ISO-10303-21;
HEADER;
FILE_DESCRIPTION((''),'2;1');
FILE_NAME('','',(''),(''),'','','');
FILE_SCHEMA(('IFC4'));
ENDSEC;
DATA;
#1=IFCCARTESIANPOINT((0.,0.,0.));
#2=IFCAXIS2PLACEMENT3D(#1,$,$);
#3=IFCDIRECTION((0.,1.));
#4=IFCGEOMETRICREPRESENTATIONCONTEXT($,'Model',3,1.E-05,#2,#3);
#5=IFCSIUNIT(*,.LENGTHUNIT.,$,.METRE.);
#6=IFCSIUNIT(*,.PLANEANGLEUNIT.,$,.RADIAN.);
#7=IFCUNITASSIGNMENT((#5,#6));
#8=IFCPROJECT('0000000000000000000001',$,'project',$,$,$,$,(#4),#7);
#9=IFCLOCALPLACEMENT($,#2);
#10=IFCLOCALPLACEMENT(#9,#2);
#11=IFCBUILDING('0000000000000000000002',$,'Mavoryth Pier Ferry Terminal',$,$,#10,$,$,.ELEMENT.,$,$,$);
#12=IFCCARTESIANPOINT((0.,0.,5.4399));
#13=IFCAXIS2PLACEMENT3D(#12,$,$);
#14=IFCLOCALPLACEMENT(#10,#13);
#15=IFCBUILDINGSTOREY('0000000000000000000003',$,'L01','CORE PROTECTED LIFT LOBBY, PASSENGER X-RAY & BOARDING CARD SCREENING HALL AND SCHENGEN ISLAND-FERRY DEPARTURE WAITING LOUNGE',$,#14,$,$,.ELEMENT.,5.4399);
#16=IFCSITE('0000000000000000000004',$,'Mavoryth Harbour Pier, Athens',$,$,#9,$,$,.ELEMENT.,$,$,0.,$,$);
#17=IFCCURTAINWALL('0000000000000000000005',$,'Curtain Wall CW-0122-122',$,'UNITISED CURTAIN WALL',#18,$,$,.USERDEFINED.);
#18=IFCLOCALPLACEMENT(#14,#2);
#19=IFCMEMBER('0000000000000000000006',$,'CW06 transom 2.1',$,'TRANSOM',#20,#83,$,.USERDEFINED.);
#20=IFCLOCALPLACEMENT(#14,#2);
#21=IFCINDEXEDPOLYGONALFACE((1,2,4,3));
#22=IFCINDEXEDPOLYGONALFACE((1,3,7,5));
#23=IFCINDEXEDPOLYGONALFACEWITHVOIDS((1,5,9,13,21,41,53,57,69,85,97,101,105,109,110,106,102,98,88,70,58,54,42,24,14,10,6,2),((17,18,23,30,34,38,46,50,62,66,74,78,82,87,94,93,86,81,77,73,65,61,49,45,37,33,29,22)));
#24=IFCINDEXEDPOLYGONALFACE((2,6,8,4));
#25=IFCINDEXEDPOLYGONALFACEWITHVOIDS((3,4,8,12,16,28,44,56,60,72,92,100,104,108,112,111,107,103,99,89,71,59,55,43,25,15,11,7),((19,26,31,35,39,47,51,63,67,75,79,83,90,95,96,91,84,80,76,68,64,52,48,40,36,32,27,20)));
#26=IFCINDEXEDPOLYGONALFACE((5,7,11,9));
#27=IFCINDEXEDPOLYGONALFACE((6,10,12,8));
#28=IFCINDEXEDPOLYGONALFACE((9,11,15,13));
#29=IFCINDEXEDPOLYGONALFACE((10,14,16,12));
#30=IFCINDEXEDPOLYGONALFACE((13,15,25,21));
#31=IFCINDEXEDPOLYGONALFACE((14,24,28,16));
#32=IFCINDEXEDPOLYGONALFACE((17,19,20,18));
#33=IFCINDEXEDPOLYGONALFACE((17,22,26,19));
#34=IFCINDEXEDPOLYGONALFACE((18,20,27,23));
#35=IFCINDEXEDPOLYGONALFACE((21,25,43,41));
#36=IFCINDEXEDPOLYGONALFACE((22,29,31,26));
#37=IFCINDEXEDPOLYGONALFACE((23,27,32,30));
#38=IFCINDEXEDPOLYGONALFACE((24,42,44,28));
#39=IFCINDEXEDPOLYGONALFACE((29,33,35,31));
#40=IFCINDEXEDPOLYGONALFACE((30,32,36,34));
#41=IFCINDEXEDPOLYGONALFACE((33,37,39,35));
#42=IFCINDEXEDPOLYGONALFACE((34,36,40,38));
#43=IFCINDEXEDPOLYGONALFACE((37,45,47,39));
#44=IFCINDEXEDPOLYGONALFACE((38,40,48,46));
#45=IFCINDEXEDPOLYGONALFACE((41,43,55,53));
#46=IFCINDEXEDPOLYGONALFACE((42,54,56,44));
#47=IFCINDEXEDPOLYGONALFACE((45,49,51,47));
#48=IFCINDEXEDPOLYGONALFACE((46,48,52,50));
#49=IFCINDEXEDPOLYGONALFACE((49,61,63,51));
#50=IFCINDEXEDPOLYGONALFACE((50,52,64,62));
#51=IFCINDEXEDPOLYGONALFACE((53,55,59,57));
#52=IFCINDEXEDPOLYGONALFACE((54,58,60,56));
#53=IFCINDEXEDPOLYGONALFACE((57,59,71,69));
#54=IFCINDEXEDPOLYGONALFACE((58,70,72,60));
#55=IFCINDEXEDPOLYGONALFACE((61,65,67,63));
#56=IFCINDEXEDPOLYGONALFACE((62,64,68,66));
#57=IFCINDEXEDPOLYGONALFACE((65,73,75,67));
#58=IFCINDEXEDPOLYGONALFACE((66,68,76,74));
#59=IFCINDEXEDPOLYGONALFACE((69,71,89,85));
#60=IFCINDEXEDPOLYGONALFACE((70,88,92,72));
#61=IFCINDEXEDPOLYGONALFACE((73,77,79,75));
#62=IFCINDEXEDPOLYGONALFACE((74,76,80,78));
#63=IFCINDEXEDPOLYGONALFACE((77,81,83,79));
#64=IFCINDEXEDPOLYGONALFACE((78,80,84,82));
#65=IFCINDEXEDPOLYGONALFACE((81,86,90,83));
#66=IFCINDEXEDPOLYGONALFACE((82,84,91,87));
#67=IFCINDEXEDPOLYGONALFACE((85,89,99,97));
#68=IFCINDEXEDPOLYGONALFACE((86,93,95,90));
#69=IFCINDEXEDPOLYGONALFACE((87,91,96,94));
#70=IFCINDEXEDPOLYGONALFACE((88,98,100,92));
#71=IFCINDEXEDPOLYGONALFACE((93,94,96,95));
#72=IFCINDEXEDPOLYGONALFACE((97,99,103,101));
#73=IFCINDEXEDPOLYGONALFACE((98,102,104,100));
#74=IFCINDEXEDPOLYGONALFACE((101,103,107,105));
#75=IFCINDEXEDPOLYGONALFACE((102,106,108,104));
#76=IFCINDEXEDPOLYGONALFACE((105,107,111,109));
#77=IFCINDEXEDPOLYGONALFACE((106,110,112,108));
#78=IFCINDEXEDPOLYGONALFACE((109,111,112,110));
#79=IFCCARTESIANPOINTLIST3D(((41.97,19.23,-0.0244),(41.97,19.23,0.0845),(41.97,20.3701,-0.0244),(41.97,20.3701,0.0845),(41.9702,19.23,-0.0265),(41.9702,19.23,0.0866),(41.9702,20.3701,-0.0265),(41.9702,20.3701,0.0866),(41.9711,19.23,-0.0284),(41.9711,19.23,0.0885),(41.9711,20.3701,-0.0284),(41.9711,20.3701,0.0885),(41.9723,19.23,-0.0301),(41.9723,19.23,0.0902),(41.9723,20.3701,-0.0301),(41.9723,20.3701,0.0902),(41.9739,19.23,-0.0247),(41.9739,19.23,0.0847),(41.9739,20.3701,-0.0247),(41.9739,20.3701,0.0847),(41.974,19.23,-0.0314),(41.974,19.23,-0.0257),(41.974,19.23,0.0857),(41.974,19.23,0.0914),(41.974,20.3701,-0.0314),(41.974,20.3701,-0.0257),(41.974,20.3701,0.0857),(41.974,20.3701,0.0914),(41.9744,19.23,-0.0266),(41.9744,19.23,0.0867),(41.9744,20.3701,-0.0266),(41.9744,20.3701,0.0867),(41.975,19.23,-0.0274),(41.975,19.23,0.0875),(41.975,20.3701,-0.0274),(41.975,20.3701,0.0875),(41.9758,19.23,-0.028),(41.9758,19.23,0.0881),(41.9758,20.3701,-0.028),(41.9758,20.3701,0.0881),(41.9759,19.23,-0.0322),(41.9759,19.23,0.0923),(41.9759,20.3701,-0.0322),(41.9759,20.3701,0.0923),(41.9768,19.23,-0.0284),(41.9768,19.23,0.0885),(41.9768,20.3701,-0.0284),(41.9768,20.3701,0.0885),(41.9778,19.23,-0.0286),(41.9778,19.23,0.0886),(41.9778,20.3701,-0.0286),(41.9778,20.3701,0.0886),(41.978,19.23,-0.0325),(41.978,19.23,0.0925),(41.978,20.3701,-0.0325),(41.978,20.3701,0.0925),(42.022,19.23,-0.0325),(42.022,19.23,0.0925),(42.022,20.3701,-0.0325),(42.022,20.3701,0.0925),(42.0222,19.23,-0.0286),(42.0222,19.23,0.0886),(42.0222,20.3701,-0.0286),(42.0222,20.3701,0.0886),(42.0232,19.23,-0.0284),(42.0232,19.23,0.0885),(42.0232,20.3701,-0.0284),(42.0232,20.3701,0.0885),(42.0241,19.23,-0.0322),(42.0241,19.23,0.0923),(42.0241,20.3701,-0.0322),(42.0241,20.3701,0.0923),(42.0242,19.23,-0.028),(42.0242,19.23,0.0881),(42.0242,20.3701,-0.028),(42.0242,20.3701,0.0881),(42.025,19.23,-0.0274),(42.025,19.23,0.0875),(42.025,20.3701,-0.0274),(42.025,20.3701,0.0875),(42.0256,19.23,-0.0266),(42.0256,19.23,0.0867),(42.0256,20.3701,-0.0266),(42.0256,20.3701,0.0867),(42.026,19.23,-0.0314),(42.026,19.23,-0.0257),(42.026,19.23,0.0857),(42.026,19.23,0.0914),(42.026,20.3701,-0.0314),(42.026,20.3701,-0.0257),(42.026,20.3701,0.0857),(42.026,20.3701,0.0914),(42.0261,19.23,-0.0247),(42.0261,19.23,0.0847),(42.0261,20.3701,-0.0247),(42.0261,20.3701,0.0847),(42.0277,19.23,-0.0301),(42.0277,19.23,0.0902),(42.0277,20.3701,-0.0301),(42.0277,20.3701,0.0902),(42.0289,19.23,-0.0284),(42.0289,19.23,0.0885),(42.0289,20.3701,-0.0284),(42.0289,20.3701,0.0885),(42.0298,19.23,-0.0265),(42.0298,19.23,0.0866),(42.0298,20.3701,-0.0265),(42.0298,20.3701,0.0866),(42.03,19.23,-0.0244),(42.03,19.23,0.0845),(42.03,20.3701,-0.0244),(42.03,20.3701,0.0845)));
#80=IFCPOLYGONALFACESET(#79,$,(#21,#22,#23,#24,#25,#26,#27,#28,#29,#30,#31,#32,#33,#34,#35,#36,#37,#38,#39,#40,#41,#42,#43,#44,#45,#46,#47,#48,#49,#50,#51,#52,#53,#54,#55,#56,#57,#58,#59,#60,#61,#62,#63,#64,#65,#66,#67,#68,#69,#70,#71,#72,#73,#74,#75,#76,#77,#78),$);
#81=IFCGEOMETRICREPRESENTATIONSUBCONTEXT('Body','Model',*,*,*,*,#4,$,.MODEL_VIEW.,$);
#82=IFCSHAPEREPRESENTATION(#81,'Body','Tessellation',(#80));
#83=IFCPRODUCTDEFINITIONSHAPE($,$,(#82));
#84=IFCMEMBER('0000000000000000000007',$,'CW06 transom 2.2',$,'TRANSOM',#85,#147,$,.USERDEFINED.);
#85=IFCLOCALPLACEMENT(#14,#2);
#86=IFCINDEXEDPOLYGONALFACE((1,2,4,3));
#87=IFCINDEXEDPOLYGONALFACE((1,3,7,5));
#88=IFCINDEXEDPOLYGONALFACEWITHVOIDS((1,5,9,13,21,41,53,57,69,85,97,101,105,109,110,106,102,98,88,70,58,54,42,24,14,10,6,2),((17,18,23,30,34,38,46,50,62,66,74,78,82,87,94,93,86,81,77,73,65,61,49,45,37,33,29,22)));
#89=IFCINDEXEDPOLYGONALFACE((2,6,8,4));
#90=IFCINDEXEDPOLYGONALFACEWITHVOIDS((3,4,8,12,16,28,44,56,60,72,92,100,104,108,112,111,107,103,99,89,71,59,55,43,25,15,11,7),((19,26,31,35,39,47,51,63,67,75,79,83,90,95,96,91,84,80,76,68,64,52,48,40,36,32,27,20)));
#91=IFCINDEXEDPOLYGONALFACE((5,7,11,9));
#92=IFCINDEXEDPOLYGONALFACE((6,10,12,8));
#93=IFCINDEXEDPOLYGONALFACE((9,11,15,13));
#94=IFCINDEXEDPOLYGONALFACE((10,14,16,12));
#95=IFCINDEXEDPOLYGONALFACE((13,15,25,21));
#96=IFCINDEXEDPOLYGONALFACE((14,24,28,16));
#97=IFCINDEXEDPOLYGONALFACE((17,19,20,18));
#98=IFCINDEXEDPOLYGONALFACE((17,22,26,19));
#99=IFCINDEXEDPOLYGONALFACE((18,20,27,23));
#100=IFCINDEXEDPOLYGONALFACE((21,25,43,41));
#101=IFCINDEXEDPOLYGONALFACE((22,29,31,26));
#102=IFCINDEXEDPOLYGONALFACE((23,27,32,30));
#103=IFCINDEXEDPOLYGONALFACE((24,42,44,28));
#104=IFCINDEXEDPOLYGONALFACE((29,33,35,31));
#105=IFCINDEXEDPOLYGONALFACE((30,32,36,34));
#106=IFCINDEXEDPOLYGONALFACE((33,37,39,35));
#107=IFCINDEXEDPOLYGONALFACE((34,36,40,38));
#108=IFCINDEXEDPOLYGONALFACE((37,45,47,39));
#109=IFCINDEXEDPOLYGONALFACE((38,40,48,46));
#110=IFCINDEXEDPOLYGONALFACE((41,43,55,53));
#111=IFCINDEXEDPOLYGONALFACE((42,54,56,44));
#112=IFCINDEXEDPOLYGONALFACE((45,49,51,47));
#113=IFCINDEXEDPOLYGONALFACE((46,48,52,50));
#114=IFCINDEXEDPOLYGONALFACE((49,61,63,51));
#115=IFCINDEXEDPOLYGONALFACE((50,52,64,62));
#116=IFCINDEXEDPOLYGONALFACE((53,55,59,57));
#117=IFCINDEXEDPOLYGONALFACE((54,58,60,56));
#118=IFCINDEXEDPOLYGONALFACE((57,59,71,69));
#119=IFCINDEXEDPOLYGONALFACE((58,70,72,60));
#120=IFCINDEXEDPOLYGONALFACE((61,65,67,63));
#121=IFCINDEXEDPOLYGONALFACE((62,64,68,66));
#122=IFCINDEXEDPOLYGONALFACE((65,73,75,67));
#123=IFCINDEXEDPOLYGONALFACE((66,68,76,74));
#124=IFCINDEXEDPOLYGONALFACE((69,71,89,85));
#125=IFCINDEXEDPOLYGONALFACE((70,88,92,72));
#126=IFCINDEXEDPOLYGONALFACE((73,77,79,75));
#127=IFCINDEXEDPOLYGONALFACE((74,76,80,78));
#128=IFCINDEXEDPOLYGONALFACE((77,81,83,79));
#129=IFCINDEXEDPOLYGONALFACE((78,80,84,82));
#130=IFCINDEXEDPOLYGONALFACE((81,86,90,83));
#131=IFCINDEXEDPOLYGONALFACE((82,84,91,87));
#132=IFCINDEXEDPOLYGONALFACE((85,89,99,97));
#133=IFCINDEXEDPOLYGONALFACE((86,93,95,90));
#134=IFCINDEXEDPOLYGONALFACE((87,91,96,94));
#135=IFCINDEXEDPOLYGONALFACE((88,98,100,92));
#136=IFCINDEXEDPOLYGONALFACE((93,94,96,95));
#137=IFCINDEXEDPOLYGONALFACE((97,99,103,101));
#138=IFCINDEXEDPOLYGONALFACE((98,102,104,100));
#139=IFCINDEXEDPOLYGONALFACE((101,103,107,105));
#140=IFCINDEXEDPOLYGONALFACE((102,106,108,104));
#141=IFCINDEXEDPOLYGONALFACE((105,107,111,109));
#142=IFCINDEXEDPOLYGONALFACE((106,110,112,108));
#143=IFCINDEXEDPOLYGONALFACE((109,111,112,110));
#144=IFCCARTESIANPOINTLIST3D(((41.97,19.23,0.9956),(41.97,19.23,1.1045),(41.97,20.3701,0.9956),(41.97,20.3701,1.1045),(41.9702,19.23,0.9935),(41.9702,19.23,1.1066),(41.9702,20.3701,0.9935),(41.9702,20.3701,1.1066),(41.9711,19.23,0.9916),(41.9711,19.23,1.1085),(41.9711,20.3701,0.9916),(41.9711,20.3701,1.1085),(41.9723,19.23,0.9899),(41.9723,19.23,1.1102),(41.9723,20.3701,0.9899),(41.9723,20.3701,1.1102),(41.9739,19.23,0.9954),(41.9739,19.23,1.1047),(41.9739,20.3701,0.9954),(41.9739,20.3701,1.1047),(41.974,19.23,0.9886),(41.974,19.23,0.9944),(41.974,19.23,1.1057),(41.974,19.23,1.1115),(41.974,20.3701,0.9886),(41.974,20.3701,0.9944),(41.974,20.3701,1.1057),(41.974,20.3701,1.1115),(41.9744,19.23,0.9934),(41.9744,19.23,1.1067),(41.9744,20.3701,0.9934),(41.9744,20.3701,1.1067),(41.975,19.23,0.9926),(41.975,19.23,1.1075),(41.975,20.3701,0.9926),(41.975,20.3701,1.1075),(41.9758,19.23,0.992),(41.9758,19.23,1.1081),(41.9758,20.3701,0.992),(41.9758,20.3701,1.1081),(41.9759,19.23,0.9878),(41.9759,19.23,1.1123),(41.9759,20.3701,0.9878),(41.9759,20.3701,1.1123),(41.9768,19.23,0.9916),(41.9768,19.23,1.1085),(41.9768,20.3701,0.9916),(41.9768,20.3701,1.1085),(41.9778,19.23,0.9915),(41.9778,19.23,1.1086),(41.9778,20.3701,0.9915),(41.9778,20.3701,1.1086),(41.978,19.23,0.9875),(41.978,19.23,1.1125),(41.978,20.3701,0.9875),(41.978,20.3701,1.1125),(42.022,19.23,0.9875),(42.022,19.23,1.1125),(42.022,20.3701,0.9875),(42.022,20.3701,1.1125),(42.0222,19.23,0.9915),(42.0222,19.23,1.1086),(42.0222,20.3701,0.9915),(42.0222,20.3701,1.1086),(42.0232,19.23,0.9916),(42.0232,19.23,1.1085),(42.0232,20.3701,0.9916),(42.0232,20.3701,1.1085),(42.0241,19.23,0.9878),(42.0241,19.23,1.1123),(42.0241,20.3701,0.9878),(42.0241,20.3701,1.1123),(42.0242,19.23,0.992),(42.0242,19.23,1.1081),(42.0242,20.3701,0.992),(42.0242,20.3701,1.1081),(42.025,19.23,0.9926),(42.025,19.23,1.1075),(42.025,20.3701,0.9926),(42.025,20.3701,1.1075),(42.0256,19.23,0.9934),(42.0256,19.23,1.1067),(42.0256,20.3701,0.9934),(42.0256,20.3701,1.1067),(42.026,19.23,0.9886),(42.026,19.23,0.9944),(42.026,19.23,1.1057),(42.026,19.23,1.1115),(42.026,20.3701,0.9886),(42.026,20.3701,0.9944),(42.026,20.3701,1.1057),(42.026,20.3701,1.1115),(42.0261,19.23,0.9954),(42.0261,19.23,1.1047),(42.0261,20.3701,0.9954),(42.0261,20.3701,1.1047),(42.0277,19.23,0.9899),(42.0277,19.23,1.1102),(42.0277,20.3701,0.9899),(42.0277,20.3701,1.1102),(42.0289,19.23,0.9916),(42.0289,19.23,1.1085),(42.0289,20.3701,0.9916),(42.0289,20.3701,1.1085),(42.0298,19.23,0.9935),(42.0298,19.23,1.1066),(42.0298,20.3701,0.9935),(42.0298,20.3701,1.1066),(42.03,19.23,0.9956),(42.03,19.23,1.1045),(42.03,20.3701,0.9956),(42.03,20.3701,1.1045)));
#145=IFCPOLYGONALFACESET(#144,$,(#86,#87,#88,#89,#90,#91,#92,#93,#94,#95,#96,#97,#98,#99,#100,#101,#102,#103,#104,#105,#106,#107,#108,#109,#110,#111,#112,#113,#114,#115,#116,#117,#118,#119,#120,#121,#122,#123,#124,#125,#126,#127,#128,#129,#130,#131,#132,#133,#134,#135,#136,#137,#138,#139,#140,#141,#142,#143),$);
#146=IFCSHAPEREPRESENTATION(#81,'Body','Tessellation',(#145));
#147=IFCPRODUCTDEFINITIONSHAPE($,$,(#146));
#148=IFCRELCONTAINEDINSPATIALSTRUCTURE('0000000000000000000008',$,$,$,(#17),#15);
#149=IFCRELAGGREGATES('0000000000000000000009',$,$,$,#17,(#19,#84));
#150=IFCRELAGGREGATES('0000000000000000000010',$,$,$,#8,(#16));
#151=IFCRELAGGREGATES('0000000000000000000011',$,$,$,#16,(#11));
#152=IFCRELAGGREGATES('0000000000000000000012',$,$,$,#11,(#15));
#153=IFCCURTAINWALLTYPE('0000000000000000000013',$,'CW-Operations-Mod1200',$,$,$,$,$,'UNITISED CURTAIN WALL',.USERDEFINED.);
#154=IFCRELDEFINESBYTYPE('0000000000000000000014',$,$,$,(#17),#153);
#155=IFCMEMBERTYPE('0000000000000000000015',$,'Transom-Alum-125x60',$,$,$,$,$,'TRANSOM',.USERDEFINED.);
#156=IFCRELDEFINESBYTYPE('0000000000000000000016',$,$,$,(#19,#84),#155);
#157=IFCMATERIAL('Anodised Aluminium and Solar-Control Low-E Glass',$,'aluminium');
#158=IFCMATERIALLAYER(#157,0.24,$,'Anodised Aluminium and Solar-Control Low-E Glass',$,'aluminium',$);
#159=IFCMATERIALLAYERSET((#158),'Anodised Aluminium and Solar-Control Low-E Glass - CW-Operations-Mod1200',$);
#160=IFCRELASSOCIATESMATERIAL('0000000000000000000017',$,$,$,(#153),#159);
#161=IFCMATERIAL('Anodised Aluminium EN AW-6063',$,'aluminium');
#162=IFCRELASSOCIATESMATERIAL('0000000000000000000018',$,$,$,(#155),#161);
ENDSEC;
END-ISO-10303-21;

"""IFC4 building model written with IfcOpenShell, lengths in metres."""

from ifc_helpers import new_model, si_unit, direction, frame, origin, origin_2d, place, context, subcontext, project, spatial, hollow_rectangle, extrude, material, layer, layer_set, material_profile, profile_set, type_object, element, aggregate, save


model = new_model("IFC4")

# Units and contexts
model_context = context("Model", 3, precision=1e-05, world=origin(), true_north=direction((0.0, 1.0)))
body_context = subcontext(model_context, "Body", "Model", "MODEL_VIEW")
ifc_project = project(units=[si_unit("LENGTHUNIT", "METRE"), si_unit("PLANEANGLEUNIT", "RADIAN")], contexts=[model_context])

# Site, building, storey
site_placement = place(None, origin())
site = spatial("IfcSite", under=ifc_project, at=site_placement, Name="Mavoryth Harbour Pier, Athens", CompositionType="ELEMENT", RefElevation=0.0)
building_placement = place(site_placement, origin())
building = spatial("IfcBuilding", under=site, at=building_placement, Name="Mavoryth Pier Ferry Terminal", CompositionType="ELEMENT")
storey_placement = place(building_placement, frame((0.0, 0.0, 5.4399)))
storey = spatial("IfcBuildingStorey", under=building, at=storey_placement, Name="L01", Description="CORE PROTECTED LIFT LOBBY, PASSENGER X-RAY & BOARDING CARD SCREENING HALL AND SCHENGEN ISLAND-FERRY DEPARTURE WAITING LOUNGE", CompositionType="ELEMENT", Elevation=5.4399)

# Curtain wall, members
ifc_material_1 = material(Name="Anodised Aluminium and Solar-Control Low-E Glass", Category="aluminium")
ifc_layer_1 = layer(ifc_material_1, 0.24, Name="Anodised Aluminium and Solar-Control Low-E Glass", Category="aluminium")
ifc_layer_set_1 = layer_set([ifc_layer_1], Name="Anodised Aluminium and Solar-Control Low-E Glass - CW-Operations-Mod1200")
curtain_wall_type = type_object("IfcCurtainWallType", Name="CW-Operations-Mod1200", ElementType="UNITISED CURTAIN WALL", PredefinedType="USERDEFINED", material=ifc_layer_set_1)
curtain_wall_placement = place(storey_placement, origin())
curtain_wall = element("IfcCurtainWall", 1, at=curtain_wall_placement, inside=storey, type_object=curtain_wall_type, Name="Curtain Wall CW-0122-122", ObjectType="UNITISED CURTAIN WALL", PredefinedType="USERDEFINED")
ifc_material_2 = material(Name="Anodised Aluminium EN AW-6063", Category="aluminium")
ifc_material_profile_1 = material_profile(ifc_material_2, hollow_rectangle(XDim=0.0601, YDim=0.125, WallThickness=0.0039, InnerFilletRadius=0.0039, OuterFilletRadius=0.0081, at=origin_2d()), Name="AL-TRAN 125x60x4", Category="aluminium")
ifc_profile_set_1 = profile_set([ifc_material_profile_1], Name="Anodised Aluminium EN AW-6063 - AL-TRAN 125x60x4")
member_type_1 = type_object("IfcMemberType", Name="Transom-Alum-125x60", ElementType="TRANSOM", PredefinedType="USERDEFINED", material=ifc_profile_set_1)
member_1_placement = place(storey_placement, frame((42.0, 20.3701, 0.03), z_axis=(0.0, -1.0, 0.0), x_axis=(1.0, 0.0, 0.0)))
member_1 = element("IfcMember", 2, at=member_1_placement, type_object=member_type_1, Name="CW06 transom 2.1", ObjectType="TRANSOM", PredefinedType="USERDEFINED", context=body_context, shape_type="SweptSolid", body=[
    extrude(hollow_rectangle(XDim=0.0601, YDim=0.125, WallThickness=0.0039, InnerFilletRadius=0.0039, OuterFilletRadius=0.0081, at=origin_2d()), origin(), (0.0, 0.0, 1.0), 1.1401),
])
member_2_placement = place(storey_placement, frame((42.0, 20.3701, 1.05), z_axis=(0.0, -1.0, 0.0), x_axis=(1.0, 0.0, 0.0)))
member_2 = element("IfcMember", 3, at=member_2_placement, type_object=member_type_1, Name="CW06 transom 2.2", ObjectType="TRANSOM", PredefinedType="USERDEFINED", context=body_context, shape_type="SweptSolid", body=[
    extrude(hollow_rectangle(XDim=0.0601, YDim=0.125, WallThickness=0.0039, InnerFilletRadius=0.0039, OuterFilletRadius=0.0081, at=origin_2d()), origin(), (0.0, 0.0, 1.0), 1.1401),
])
aggregate(curtain_wall, [member_1, member_2])

save(model, "model.ifc")
